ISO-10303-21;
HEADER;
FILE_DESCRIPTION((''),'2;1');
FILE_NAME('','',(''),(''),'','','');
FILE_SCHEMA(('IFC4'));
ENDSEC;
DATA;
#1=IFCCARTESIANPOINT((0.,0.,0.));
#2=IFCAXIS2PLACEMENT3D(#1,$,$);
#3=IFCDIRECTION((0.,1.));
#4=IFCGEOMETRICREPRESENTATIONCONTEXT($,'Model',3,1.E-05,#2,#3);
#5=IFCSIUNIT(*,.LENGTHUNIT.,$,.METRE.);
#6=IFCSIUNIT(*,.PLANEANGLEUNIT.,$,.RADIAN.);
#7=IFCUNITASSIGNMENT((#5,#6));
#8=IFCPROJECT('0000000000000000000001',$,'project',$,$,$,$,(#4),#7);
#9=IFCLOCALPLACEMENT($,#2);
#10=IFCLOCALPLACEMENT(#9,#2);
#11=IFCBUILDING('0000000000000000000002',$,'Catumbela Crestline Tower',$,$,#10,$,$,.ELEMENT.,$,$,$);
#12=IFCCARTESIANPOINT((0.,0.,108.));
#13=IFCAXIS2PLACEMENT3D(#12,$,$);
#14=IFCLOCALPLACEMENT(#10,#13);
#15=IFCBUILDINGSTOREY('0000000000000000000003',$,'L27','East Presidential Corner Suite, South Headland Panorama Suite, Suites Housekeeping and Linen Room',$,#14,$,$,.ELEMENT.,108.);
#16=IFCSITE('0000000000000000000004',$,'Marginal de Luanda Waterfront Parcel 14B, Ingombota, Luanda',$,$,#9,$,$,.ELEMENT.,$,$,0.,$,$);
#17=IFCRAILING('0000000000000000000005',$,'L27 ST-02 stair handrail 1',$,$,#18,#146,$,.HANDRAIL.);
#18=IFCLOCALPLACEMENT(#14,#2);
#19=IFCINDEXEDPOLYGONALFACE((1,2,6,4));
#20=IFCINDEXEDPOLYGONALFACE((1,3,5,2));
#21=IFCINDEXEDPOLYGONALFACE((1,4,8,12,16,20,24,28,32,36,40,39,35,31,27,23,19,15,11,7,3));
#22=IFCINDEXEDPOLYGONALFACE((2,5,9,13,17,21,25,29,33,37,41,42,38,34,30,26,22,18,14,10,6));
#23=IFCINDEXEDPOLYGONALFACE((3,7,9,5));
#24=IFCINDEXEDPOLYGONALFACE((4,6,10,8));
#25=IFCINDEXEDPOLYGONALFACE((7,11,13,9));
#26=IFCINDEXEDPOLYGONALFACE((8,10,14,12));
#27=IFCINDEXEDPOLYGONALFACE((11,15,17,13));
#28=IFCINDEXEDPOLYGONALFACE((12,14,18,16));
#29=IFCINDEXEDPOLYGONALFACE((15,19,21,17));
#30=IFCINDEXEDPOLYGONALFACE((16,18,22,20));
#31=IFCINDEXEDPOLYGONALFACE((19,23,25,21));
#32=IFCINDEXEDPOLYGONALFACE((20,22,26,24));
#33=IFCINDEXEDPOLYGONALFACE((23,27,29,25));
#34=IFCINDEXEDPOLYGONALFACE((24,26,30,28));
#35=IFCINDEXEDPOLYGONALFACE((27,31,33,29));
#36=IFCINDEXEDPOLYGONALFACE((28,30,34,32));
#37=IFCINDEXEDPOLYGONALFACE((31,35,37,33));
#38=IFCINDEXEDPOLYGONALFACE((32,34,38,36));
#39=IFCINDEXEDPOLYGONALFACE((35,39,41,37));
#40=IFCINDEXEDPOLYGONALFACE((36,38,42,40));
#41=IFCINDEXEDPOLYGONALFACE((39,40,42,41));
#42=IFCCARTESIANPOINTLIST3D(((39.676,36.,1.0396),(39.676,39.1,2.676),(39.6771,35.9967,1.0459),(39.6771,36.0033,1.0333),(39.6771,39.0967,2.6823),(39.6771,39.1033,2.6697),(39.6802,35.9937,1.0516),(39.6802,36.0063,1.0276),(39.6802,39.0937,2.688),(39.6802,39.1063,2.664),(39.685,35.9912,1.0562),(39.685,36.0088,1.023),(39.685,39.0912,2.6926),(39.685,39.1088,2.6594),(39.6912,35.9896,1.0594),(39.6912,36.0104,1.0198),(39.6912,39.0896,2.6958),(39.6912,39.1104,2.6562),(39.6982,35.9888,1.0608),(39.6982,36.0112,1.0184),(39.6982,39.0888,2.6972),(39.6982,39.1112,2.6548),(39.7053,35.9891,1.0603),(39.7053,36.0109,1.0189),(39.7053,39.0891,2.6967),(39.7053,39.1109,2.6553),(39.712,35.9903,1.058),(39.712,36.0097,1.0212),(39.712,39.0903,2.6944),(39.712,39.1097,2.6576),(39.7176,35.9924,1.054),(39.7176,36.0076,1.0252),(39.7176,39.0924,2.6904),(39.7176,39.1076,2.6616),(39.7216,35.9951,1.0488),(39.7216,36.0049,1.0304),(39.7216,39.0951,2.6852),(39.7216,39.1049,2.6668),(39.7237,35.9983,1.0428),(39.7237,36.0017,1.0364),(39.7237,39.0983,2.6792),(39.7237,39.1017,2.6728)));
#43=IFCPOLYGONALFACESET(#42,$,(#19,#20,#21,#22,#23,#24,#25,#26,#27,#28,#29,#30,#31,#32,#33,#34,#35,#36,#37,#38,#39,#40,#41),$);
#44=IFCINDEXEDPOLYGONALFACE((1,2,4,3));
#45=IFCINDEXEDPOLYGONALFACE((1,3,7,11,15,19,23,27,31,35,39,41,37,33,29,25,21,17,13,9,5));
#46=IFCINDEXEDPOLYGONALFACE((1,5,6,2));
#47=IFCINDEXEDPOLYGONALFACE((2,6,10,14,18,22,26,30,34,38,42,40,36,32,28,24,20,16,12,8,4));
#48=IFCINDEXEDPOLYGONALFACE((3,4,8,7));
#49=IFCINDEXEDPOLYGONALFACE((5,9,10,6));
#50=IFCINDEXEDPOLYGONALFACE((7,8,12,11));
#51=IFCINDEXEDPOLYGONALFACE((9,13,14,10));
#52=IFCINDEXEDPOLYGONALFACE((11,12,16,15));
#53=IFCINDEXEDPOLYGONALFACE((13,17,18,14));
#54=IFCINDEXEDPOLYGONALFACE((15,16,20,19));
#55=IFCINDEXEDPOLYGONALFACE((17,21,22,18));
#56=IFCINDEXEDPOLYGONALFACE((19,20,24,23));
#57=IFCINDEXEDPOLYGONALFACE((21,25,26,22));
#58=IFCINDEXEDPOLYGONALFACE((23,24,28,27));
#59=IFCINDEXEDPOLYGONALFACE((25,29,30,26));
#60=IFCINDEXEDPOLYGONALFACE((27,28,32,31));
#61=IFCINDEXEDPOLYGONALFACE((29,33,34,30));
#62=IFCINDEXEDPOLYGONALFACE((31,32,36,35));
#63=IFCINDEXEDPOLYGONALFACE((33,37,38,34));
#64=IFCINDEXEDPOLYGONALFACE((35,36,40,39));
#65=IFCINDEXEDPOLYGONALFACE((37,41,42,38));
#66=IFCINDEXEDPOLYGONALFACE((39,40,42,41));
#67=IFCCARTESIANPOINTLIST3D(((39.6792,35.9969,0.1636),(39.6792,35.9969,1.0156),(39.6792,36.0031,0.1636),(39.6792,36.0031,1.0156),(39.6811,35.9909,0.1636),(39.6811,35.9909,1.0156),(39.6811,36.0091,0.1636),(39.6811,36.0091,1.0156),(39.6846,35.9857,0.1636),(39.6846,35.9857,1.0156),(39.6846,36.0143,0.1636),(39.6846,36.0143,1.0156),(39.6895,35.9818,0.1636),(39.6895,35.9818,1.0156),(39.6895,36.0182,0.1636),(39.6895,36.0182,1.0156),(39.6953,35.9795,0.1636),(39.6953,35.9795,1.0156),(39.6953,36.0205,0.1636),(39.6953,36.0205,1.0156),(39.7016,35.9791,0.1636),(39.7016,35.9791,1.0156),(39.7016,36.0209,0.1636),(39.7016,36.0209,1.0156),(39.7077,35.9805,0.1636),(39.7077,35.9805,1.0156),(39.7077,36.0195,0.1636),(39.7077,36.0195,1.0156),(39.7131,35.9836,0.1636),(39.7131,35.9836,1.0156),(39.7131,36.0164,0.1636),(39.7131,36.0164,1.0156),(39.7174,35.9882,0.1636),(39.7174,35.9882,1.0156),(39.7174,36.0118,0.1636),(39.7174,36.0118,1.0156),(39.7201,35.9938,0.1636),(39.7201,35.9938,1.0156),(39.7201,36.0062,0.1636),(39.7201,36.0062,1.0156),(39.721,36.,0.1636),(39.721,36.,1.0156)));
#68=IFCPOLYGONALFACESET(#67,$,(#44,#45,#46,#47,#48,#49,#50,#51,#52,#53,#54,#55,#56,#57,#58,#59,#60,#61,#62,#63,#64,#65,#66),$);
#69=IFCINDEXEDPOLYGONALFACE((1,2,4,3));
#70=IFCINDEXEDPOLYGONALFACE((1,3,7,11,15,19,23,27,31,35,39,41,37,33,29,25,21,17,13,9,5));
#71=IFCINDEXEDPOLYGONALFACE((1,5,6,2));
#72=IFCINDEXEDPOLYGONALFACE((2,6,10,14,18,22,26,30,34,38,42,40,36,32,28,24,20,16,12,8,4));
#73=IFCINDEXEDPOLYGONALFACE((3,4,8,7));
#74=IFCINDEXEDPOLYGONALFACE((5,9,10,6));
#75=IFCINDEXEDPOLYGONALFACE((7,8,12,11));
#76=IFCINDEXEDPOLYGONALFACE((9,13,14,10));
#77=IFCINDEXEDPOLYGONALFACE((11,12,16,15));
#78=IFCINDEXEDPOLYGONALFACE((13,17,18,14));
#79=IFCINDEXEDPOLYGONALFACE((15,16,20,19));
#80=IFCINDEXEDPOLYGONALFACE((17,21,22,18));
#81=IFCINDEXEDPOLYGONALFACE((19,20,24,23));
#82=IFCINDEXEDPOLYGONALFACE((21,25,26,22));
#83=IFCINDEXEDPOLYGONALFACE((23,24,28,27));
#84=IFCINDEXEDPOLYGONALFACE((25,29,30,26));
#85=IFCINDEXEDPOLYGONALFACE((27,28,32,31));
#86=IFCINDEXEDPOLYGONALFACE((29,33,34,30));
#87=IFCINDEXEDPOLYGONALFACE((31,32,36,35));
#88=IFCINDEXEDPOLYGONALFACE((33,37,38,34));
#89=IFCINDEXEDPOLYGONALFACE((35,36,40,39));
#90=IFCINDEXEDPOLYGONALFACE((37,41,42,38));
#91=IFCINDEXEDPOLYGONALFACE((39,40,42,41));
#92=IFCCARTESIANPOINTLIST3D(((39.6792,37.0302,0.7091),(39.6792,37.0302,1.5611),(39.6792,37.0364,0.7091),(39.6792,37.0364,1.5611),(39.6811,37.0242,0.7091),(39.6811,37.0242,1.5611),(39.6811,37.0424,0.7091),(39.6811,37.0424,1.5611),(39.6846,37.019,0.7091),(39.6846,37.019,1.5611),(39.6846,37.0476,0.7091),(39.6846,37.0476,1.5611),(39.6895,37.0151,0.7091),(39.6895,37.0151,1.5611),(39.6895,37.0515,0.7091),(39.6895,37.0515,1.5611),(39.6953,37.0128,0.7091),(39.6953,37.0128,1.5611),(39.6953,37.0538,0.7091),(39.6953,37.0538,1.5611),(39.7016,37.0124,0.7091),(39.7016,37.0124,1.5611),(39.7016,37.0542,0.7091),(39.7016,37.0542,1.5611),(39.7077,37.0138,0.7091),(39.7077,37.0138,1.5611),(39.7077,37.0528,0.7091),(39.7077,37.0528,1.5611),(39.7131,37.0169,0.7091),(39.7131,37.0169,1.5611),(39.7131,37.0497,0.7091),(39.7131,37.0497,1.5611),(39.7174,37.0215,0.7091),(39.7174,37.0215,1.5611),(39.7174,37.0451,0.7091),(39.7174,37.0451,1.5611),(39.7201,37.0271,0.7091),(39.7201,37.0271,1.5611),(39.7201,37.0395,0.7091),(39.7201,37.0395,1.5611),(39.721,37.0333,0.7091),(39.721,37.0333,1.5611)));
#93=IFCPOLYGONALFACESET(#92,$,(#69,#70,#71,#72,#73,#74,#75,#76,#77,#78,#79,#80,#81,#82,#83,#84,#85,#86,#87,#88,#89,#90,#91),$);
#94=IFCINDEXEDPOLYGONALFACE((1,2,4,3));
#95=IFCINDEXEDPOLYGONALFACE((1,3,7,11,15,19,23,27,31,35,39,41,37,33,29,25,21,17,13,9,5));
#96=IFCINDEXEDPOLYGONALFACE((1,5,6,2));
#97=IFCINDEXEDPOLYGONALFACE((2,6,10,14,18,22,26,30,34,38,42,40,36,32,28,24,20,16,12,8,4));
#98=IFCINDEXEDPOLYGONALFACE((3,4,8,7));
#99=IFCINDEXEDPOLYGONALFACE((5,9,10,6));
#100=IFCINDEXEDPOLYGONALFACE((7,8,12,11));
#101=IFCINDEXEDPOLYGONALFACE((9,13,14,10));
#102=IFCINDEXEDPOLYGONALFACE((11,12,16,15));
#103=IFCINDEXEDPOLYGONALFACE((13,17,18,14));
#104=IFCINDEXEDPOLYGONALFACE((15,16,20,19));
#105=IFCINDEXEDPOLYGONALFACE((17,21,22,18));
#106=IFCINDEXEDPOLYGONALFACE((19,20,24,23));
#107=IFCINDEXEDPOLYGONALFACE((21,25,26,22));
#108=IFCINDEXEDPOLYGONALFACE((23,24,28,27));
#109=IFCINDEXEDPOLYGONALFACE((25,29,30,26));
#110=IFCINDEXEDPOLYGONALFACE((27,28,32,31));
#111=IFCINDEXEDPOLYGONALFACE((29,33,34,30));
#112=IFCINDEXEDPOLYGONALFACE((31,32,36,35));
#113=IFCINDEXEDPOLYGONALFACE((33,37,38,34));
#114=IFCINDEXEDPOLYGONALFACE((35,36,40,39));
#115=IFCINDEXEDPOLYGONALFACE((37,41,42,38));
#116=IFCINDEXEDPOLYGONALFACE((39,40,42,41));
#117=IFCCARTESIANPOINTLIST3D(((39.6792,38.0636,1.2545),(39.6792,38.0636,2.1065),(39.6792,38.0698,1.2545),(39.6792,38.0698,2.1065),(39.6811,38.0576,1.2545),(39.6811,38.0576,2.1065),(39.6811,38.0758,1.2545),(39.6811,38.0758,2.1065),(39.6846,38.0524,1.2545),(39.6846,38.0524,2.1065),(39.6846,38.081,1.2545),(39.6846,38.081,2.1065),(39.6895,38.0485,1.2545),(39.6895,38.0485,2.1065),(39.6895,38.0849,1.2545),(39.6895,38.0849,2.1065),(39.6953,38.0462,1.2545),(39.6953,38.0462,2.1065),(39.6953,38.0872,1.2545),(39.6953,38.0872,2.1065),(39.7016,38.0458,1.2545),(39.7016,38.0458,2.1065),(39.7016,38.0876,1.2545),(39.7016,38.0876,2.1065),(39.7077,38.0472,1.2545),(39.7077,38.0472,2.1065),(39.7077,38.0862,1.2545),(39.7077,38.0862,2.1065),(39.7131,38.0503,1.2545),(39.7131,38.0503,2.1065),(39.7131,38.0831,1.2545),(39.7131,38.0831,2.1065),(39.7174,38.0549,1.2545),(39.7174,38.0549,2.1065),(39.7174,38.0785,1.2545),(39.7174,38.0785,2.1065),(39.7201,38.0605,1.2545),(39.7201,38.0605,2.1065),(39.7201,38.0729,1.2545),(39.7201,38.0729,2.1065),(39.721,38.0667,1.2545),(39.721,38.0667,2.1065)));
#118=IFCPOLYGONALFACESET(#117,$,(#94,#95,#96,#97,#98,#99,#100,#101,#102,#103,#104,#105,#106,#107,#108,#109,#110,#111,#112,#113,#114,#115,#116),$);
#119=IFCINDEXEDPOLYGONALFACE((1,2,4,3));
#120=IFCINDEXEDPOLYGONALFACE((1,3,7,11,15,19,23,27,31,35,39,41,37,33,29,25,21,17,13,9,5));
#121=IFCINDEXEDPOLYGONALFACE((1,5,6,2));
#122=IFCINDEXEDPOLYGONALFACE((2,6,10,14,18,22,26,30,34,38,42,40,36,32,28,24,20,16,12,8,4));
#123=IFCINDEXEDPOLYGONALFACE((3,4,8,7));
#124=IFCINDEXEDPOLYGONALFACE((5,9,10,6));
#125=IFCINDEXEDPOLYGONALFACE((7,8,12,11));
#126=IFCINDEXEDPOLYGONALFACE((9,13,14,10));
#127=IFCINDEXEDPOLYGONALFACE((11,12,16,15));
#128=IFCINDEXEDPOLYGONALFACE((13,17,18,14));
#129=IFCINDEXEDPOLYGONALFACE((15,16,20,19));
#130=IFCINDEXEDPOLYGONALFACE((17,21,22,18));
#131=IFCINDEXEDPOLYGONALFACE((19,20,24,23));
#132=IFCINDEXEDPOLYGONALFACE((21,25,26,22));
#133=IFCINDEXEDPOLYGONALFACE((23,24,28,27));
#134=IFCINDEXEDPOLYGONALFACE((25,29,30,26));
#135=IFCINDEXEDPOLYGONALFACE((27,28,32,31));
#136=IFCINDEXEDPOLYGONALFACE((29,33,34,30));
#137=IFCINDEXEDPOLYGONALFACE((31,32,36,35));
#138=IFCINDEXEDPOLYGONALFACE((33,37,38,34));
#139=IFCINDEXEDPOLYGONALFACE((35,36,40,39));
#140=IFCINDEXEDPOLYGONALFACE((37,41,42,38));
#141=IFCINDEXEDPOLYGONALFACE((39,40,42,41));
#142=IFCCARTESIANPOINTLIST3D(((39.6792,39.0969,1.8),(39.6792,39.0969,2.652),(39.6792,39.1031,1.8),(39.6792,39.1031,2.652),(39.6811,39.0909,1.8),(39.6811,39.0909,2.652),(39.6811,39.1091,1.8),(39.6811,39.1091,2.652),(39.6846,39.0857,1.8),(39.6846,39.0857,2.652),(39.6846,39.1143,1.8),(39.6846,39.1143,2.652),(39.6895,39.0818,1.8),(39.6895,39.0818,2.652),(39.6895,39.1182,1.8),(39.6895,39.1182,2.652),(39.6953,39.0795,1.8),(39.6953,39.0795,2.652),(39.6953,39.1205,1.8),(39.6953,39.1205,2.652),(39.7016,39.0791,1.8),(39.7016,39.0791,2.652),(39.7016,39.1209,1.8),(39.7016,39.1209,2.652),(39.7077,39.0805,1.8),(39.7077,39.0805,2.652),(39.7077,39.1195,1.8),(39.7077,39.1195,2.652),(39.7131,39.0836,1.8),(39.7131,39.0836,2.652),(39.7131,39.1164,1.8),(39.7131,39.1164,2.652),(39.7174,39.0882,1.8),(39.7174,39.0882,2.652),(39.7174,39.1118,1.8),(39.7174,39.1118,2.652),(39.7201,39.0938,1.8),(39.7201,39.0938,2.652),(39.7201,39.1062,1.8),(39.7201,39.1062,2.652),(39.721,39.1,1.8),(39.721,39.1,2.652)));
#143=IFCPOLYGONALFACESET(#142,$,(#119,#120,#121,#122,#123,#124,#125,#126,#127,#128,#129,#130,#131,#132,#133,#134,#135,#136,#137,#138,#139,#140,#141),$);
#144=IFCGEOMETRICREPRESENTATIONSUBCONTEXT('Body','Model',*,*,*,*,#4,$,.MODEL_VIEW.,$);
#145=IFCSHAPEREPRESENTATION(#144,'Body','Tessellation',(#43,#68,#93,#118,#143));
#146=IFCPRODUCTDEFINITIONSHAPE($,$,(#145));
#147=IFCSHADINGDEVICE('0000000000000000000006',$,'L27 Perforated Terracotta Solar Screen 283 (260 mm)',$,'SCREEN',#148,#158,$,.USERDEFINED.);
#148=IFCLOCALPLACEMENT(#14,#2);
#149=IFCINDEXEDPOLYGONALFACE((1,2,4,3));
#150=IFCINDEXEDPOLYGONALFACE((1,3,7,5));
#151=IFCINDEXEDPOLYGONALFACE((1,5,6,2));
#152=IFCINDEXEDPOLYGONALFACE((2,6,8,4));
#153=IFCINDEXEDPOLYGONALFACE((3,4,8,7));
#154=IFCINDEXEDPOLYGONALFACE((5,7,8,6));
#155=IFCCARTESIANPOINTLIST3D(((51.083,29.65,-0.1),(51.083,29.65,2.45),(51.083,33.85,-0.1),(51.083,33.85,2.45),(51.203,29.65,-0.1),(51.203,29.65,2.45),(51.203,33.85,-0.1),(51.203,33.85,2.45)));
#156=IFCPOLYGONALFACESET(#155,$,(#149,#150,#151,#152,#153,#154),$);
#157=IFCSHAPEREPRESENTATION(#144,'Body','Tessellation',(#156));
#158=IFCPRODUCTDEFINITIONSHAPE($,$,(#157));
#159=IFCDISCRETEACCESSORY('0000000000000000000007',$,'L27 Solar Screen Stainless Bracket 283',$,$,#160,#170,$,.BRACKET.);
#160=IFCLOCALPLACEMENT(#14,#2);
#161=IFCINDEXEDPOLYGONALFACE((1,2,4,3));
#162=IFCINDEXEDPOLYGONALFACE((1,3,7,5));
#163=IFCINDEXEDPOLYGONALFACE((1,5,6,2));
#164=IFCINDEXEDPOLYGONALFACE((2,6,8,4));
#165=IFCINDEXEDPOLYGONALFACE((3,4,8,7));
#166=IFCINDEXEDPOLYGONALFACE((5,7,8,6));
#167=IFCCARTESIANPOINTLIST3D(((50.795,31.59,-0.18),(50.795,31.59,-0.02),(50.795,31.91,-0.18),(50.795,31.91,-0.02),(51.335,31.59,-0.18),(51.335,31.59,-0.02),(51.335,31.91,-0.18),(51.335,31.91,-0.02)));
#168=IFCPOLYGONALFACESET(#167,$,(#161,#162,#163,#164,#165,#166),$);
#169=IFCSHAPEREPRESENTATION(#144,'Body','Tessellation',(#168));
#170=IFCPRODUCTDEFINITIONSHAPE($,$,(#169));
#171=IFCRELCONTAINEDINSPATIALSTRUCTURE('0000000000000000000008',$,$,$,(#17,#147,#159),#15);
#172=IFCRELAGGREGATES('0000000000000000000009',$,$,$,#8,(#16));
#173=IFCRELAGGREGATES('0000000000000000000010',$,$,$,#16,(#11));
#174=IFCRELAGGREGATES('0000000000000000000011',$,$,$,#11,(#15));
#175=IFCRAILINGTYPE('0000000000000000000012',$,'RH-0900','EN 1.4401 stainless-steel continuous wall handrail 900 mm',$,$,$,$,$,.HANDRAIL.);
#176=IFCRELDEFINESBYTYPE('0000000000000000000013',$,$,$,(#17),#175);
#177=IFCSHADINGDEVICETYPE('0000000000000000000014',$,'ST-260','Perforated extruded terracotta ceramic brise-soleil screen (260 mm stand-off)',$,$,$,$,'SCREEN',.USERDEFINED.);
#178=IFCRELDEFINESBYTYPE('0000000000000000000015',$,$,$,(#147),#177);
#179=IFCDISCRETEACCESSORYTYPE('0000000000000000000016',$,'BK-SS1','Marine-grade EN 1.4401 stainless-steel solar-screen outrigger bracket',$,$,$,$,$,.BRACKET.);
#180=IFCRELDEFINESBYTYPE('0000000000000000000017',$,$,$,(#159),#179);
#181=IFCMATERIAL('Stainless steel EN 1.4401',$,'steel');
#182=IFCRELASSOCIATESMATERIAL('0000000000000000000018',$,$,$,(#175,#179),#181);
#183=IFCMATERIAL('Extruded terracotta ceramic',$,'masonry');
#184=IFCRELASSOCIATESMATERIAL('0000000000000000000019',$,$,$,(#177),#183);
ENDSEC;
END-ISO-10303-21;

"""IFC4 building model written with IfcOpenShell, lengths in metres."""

from ifc_helpers import new_model, si_unit, direction, frame, origin, origin_2d, place, context, subcontext, project, spatial, rectangle, circle, extrude, material, type_object, element, save


model = new_model("IFC4")

# Units and contexts
model_context = context("Model", 3, precision=1e-05, world=origin(), true_north=direction((0.0, 1.0)))
body_context = subcontext(model_context, "Body", "Model", "MODEL_VIEW")
ifc_project = project(units=[si_unit("LENGTHUNIT", "METRE"), si_unit("PLANEANGLEUNIT", "RADIAN")], contexts=[model_context])

# Site, building, storey
site_placement = place(None, origin())
site = spatial("IfcSite", under=ifc_project, at=site_placement, Name="Marginal de Luanda Waterfront Parcel 14B, Ingombota, Luanda", CompositionType="ELEMENT", RefElevation=0.0)
building_placement = place(site_placement, origin())
building = spatial("IfcBuilding", under=site, at=building_placement, Name="Catumbela Crestline Tower", CompositionType="ELEMENT")
storey_placement = place(building_placement, frame((0.0, 0.0, 108.0)))
storey = spatial("IfcBuildingStorey", under=building, at=storey_placement, Name="L27", Description="East Presidential Corner Suite, South Headland Panorama Suite, Suites Housekeeping and Linen Room", CompositionType="ELEMENT", Elevation=108.0)

# Railing
ifc_material_1 = material(Name="Stainless steel EN 1.4401", Category="steel")
railing_type = type_object("IfcRailingType", Name="RH-0900", Description="EN 1.4401 stainless-steel continuous wall handrail 900 mm", PredefinedType="HANDRAIL", material=ifc_material_1)
railing_placement = place(storey_placement, frame((39.7, 36.0, 0.1636)))
element("IfcRailing", 1, at=railing_placement, inside=storey, type_object=railing_type, Name="L27 ST-02 stair handrail 1", PredefinedType="HANDRAIL", context=body_context, shape_type="SweptSolid", body=[
    extrude(circle(Radius=0.024, at=origin_2d()), frame((0.0, 0.0, 0.876), z_axis=(0.0, 0.884351, 0.466823), x_axis=(-1.0, 0.0, 0.0)), (0.0, 0.0, 1.0), 3.5054),
    extrude(circle(Radius=0.021, at=origin_2d()), origin(), (0.0, 0.0, 1.0), 0.852),
    extrude(circle(Radius=0.021, at=origin_2d()), frame((0.0, 1.0333, 0.5455)), (0.0, 0.0, 1.0), 0.852),
    extrude(circle(Radius=0.021, at=origin_2d()), frame((0.0, 2.0667, 1.0909)), (0.0, 0.0, 1.0), 0.852),
    extrude(circle(Radius=0.021, at=origin_2d()), frame((0.0, 3.1, 1.6364)), (0.0, 0.0, 1.0), 0.852),
])

# Shading device
ifc_material_2 = material(Name="Extruded terracotta ceramic", Category="masonry")
shading_device_type = type_object("IfcShadingDeviceType", Name="ST-260", Description="Perforated extruded terracotta ceramic brise-soleil screen (260 mm stand-off)", ElementType="SCREEN", PredefinedType="USERDEFINED", material=ifc_material_2)
shading_device_placement = place(storey_placement, frame((51.143, 31.75, -0.1), z_axis=(0.0, 0.0, 1.0), x_axis=(0.0, 1.0, 0.0)))
element("IfcShadingDevice", 2, at=shading_device_placement, inside=storey, type_object=shading_device_type, Name="L27 Perforated Terracotta Solar Screen 283 (260 mm)", ObjectType="SCREEN", PredefinedType="USERDEFINED", context=body_context, shape_type="SweptSolid", body=[
    extrude(rectangle(XDim=4.2, YDim=0.12, at=origin_2d()), origin(), (0.0, 0.0, 1.0), 2.55),
])

# Discrete accessory
discrete_accessory_type = type_object("IfcDiscreteAccessoryType", Name="BK-SS1", Description="Marine-grade EN 1.4401 stainless-steel solar-screen outrigger bracket", PredefinedType="BRACKET", material=ifc_material_1)
discrete_accessory_placement = place(storey_placement, frame((51.065, 31.75, -0.18), z_axis=(0.0, 0.0, 1.0), x_axis=(0.0, 1.0, 0.0)))
element("IfcDiscreteAccessory", 3, at=discrete_accessory_placement, inside=storey, type_object=discrete_accessory_type, Name="L27 Solar Screen Stainless Bracket 283", PredefinedType="BRACKET", context=body_context, shape_type="SweptSolid", body=[
    extrude(rectangle(XDim=0.32, YDim=0.54, at=origin_2d()), origin(), (0.0, 0.0, 1.0), 0.16),
])

save(model, "model.ifc")
